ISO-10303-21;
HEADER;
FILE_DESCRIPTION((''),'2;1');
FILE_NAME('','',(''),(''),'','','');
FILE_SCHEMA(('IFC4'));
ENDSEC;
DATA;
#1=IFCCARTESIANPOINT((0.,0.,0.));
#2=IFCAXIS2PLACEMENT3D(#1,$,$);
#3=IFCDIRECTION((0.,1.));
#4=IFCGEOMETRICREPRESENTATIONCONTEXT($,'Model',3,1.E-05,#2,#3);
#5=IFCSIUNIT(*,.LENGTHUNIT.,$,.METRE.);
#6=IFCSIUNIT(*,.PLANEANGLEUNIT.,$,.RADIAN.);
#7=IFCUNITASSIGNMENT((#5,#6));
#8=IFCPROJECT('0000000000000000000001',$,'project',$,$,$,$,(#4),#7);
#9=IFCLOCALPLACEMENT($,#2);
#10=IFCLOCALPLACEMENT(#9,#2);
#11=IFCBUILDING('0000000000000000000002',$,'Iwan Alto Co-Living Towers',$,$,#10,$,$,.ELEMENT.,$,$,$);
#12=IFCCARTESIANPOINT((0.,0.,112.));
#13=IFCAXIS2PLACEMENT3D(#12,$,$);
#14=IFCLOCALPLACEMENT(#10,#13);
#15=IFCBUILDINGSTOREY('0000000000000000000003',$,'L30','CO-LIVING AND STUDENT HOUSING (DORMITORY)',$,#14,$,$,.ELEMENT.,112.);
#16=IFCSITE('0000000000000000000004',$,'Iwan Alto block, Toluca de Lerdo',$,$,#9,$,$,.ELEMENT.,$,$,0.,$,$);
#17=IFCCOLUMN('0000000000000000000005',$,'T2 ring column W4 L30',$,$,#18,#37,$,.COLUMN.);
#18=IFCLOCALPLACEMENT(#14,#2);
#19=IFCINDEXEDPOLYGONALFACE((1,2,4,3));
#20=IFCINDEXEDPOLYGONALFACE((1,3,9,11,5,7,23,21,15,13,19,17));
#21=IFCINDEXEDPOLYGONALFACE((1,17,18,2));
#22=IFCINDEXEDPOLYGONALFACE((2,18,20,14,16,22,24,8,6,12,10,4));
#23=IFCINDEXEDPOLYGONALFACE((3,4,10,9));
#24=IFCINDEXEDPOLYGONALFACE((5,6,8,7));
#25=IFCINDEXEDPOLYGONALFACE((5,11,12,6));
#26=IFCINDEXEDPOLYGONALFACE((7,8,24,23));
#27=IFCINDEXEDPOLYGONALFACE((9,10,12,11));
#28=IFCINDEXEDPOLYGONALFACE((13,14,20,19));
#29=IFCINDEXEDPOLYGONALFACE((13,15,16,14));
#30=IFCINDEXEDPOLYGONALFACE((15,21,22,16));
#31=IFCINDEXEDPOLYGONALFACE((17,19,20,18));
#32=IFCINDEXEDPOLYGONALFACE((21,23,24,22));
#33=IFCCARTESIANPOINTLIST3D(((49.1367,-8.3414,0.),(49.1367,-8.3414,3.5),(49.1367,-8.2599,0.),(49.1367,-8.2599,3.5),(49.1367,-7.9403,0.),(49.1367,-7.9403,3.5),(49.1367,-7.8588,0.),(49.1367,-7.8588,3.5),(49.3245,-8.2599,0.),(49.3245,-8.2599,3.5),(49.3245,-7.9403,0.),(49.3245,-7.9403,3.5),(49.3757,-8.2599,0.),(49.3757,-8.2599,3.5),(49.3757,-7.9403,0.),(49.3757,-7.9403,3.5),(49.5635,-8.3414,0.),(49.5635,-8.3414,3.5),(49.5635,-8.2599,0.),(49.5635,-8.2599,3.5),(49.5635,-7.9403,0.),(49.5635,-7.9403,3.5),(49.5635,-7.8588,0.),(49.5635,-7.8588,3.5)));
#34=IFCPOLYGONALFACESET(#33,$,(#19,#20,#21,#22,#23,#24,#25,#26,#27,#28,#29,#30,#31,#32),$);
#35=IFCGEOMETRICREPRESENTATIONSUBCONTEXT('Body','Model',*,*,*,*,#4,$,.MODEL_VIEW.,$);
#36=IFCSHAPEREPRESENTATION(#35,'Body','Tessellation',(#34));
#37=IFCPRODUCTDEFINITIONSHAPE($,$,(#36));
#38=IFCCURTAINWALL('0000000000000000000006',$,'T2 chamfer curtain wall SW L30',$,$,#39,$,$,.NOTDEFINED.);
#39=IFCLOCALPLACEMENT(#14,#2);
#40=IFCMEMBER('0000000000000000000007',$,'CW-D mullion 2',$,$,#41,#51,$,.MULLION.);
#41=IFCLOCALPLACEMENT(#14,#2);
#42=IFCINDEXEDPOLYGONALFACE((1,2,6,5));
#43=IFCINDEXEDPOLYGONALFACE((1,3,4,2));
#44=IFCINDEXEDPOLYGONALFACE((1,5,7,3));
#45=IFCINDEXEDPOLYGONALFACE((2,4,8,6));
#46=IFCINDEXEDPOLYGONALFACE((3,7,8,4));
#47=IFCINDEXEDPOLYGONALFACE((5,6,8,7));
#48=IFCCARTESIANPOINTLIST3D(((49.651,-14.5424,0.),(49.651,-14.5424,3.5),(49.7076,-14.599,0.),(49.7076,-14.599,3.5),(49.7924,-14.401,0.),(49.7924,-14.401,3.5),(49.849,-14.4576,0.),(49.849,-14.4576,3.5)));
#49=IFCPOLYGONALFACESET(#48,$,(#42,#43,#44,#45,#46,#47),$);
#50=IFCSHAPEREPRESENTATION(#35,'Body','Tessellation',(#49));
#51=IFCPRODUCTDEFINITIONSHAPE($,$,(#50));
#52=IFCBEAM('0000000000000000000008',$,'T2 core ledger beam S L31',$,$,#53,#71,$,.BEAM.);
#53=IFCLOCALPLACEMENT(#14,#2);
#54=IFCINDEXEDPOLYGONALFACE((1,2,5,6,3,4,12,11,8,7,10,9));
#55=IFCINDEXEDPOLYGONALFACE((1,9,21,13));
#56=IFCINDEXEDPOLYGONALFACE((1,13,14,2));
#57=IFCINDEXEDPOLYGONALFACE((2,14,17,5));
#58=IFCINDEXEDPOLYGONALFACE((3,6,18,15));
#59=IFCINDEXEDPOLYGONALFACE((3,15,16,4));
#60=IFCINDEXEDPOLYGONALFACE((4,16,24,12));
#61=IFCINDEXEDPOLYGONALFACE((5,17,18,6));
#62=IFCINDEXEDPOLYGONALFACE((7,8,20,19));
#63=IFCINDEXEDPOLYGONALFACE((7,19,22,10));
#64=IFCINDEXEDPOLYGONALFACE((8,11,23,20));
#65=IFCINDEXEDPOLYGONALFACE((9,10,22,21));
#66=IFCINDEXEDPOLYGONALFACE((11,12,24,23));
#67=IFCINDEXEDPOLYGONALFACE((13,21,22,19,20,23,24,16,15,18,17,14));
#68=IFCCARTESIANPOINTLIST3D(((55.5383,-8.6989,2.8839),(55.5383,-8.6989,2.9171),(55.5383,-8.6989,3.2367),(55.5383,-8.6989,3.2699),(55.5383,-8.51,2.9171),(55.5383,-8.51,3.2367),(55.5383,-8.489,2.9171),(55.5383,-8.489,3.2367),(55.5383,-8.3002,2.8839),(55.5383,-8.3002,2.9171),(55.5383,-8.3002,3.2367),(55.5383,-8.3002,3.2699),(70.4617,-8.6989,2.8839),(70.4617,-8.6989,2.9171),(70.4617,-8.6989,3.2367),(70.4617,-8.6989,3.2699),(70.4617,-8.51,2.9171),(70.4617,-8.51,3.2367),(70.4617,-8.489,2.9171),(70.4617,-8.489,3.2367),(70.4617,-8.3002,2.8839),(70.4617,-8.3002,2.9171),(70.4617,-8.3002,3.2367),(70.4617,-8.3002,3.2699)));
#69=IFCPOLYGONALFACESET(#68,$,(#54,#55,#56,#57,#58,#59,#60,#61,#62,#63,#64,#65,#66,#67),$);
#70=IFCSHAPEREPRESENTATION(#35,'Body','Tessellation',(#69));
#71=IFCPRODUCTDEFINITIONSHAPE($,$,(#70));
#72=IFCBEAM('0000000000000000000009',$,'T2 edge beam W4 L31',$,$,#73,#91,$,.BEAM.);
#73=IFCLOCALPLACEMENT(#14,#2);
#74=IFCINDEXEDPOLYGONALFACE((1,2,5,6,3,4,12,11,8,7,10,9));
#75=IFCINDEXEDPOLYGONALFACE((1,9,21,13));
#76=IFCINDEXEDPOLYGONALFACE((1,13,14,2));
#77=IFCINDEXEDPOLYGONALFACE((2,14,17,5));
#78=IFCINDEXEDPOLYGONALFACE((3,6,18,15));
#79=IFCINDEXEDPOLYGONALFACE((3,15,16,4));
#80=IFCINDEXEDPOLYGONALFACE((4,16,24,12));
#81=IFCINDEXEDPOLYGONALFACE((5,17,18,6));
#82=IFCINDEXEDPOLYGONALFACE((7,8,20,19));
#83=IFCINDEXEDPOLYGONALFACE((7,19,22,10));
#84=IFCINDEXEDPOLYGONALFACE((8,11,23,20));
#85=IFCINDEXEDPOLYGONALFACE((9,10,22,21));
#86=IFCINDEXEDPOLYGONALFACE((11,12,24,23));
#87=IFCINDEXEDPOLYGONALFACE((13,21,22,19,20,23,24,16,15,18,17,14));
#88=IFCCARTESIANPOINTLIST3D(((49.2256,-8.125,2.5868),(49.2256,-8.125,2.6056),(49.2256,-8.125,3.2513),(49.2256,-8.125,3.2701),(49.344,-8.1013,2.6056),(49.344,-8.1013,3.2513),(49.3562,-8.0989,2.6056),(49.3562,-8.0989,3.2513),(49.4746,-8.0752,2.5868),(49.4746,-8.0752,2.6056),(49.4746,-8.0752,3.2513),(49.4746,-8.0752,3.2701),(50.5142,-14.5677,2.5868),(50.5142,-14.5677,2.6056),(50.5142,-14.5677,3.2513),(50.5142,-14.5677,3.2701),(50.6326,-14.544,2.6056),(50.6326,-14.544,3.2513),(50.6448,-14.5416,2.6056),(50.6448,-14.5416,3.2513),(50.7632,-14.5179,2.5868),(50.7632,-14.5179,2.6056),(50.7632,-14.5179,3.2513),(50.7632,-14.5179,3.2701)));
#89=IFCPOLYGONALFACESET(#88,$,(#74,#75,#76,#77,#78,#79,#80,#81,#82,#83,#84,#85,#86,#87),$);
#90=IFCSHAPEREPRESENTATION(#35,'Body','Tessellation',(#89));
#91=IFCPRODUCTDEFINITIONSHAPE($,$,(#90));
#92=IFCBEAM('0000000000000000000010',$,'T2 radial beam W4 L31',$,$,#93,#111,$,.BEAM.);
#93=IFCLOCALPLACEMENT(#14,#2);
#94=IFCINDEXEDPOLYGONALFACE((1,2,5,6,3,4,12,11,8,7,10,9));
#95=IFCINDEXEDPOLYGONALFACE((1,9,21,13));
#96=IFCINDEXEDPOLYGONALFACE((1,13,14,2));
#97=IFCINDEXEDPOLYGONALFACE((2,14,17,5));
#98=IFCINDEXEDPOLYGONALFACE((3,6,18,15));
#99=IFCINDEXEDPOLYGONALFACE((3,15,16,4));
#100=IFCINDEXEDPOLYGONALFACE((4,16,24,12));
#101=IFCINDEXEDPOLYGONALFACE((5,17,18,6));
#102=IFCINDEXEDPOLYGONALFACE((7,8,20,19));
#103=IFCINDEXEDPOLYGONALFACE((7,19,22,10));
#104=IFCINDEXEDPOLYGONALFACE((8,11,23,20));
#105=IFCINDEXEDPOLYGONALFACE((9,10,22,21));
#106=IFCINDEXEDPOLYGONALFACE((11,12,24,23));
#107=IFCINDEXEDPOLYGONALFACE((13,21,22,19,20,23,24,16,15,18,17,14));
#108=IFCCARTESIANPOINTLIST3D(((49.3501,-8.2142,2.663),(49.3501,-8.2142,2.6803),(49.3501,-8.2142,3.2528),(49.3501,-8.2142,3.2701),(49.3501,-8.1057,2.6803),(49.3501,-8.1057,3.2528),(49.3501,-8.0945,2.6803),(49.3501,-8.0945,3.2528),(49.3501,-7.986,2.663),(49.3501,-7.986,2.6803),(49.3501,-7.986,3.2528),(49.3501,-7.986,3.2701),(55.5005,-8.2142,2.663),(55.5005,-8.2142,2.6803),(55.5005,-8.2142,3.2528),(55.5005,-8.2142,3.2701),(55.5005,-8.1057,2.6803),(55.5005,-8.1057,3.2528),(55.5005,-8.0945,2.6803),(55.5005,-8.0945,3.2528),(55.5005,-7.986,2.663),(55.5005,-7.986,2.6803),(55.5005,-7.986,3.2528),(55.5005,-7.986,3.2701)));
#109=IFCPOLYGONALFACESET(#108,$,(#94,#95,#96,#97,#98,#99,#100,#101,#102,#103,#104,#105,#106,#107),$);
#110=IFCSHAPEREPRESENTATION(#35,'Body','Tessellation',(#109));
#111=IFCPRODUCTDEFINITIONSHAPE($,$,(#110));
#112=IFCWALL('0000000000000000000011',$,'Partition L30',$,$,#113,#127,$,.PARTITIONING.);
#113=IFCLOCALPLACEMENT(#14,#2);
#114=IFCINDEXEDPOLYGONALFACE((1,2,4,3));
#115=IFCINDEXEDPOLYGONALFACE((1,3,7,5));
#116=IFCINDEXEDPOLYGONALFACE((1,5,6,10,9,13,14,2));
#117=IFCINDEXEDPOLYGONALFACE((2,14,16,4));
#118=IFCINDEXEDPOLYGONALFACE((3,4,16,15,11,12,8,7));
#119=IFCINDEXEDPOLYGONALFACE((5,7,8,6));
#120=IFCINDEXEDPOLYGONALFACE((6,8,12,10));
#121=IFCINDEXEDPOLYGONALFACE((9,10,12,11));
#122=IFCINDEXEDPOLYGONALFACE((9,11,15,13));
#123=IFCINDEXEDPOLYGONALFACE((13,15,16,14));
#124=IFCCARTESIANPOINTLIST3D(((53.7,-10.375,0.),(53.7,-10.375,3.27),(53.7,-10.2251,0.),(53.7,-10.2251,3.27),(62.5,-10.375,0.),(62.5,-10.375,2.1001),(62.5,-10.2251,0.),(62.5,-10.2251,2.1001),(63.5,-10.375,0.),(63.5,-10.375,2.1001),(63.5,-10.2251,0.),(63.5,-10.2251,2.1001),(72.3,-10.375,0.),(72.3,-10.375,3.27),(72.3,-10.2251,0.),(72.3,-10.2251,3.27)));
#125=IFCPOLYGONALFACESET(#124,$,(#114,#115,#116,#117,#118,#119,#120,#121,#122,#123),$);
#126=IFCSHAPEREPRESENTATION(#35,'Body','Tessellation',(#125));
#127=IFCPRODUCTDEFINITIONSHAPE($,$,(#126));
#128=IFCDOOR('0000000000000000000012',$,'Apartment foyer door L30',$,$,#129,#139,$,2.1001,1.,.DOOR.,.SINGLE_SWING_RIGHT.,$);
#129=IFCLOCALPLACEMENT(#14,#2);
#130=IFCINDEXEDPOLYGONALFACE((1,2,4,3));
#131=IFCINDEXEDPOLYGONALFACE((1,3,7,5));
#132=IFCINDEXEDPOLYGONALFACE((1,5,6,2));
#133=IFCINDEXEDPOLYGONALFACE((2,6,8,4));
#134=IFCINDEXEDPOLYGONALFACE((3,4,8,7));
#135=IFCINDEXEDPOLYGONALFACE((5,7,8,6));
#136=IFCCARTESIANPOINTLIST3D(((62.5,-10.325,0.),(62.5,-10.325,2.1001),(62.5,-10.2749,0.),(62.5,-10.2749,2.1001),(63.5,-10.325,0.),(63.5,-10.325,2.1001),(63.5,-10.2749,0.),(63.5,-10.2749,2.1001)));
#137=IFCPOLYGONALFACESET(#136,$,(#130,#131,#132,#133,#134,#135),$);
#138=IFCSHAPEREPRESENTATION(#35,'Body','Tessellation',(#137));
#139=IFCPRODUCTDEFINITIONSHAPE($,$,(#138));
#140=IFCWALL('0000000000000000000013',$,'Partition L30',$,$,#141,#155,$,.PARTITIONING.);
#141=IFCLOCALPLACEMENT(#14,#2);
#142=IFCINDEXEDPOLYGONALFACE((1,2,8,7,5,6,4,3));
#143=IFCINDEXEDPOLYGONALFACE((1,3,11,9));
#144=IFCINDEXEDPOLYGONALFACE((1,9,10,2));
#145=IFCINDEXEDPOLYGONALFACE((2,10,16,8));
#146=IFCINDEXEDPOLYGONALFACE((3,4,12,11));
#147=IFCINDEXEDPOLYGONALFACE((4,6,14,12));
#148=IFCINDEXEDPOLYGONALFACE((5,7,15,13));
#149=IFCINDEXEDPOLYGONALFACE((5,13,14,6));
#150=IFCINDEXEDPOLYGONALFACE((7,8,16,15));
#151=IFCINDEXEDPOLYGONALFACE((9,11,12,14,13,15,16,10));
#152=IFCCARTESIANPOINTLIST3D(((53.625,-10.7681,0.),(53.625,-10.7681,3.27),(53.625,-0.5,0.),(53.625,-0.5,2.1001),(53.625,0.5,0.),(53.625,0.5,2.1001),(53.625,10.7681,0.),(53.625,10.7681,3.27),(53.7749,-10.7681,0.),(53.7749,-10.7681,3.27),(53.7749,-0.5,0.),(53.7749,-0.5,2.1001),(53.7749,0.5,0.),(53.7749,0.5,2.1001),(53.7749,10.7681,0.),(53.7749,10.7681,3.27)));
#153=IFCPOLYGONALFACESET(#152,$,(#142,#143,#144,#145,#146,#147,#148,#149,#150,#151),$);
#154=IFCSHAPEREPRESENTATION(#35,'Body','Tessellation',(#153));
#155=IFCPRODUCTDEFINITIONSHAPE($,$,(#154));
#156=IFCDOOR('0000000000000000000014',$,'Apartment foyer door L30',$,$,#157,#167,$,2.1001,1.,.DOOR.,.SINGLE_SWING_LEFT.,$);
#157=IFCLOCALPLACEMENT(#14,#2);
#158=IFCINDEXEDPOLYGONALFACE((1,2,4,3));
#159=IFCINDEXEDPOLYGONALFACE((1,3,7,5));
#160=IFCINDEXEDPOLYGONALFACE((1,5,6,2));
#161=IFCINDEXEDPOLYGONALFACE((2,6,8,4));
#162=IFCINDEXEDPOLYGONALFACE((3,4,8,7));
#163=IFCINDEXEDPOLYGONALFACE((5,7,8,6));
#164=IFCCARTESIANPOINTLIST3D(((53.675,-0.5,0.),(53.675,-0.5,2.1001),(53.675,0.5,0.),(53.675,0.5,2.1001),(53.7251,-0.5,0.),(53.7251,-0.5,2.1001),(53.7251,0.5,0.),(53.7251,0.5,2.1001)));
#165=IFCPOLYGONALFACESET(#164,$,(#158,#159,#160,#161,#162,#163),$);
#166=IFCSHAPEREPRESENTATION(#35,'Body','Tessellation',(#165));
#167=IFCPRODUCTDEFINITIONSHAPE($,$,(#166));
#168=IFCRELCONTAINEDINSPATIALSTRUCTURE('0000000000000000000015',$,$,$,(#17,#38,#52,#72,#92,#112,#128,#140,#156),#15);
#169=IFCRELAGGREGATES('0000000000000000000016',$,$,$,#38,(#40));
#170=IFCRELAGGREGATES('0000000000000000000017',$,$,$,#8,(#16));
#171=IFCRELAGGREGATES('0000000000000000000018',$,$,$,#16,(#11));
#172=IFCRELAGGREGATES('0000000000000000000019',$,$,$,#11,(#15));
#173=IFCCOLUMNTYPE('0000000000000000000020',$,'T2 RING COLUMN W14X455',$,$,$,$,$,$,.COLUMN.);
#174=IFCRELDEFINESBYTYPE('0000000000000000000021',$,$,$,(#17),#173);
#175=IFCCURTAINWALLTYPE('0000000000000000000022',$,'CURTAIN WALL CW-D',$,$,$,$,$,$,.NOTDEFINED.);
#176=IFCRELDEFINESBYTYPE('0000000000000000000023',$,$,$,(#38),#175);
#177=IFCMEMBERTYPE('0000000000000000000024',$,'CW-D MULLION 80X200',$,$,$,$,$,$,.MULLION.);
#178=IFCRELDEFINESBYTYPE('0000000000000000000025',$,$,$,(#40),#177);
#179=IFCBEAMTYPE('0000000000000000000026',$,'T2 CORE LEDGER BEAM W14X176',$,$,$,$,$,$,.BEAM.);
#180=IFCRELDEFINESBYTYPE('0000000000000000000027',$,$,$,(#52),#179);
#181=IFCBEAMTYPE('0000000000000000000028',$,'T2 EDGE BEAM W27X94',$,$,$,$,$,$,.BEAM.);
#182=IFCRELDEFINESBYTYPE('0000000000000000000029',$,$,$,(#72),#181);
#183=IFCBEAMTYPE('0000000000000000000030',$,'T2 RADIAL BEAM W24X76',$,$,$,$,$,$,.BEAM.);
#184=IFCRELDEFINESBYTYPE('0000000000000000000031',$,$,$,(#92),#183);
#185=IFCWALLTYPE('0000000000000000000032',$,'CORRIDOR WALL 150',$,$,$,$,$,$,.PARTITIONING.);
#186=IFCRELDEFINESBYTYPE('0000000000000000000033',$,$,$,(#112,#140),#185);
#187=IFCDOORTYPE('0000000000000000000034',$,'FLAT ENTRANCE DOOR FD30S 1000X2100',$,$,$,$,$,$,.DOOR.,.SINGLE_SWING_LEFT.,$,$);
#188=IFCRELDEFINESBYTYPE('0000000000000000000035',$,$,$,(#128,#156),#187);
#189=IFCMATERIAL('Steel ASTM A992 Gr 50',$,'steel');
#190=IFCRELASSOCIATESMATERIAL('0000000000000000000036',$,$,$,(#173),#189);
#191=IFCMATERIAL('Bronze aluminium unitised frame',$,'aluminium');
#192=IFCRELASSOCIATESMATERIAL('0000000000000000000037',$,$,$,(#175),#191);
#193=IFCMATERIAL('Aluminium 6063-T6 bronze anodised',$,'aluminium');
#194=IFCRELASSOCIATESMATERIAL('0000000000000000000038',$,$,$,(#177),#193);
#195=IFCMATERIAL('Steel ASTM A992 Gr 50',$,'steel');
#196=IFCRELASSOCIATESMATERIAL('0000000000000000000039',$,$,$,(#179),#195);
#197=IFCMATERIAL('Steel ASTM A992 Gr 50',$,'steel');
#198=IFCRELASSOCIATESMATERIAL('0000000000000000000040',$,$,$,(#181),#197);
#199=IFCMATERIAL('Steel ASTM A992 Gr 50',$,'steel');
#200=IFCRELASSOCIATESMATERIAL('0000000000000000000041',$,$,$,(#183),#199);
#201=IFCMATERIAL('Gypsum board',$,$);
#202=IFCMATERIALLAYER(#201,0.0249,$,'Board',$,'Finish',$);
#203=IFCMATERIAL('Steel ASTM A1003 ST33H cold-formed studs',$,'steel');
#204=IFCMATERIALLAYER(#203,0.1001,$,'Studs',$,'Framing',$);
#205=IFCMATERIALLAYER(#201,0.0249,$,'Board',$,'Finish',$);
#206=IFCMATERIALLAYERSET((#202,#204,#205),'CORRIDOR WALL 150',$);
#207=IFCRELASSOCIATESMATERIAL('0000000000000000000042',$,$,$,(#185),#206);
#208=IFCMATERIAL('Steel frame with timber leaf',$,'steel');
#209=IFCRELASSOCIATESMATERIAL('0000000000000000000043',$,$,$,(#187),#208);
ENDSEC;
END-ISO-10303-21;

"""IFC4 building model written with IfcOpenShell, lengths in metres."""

from ifc_helpers import new_model, si_unit, direction, frame, frame_2d, origin, origin_2d, place, context, subcontext, project, spatial, rectangle, i_section, extrude, material, layer, layer_set, material_profile, profile_set, type_object, element, fill, aggregate, save


model = new_model("IFC4")

# Units and contexts
model_context = context("Model", 3, precision=1e-05, world=origin(), true_north=direction((0.0, 1.0)))
body_context = subcontext(model_context, "Body", "Model", "MODEL_VIEW")
ifc_project = project(units=[si_unit("LENGTHUNIT", "METRE"), si_unit("PLANEANGLEUNIT", "RADIAN")], contexts=[model_context])

# Site, building, storey
site_placement = place(None, origin())
site = spatial("IfcSite", under=ifc_project, at=site_placement, Name="Iwan Alto block, Toluca de Lerdo", CompositionType="ELEMENT", RefElevation=0.0)
building_placement = place(site_placement, origin())
building = spatial("IfcBuilding", under=site, at=building_placement, Name="Iwan Alto Co-Living Towers", CompositionType="ELEMENT")
storey_placement = place(building_placement, frame((0.0, 0.0, 112.0)))
storey = spatial("IfcBuildingStorey", under=building, at=storey_placement, Name="L30", Description="CO-LIVING AND STUDENT HOUSING (DORMITORY)", CompositionType="ELEMENT", Elevation=112.0)

# Column
ifc_material_1 = material(Name="Steel ASTM A992 Gr 50", Category="steel")
ifc_material_profile_1 = material_profile(ifc_material_1, i_section(OverallWidth=0.4268, OverallDepth=0.4827, WebThickness=0.0513, FlangeThickness=0.0815, at=origin_2d()), Name="W14X455")
ifc_profile_set_1 = profile_set([ifc_material_profile_1], Name="Steel ASTM A992 Gr 50")
column_type = type_object("IfcColumnType", Name="T2 RING COLUMN W14X455", PredefinedType="COLUMN", material=ifc_profile_set_1)
column_placement = place(storey_placement, frame((49.3501, -8.1001, 0.0), z_axis=(0.0, 0.0, 1.0), x_axis=(1.0, 0.0, 0.0)))
element("IfcColumn", 1, at=column_placement, inside=storey, type_object=column_type, Name="T2 ring column W4 L30", PredefinedType="COLUMN", context=body_context, shape_type="SweptSolid", body=[
    extrude(i_section(OverallWidth=0.4268, OverallDepth=0.4827, WebThickness=0.0513, FlangeThickness=0.0815, at=origin_2d()), origin(), (0.0, 0.0, 1.0), 3.5),
])

# Curtain wall, member
ifc_material_2 = material(Name="Bronze aluminium unitised frame", Category="aluminium")
curtain_wall_type = type_object("IfcCurtainWallType", Name="CURTAIN WALL CW-D", PredefinedType="NOTDEFINED", material=ifc_material_2)
curtain_wall_placement = place(storey_placement, origin())
curtain_wall = element("IfcCurtainWall", 2, at=curtain_wall_placement, inside=storey, type_object=curtain_wall_type, Name="T2 chamfer curtain wall SW L30", PredefinedType="NOTDEFINED")
ifc_material_3 = material(Name="Aluminium 6063-T6 bronze anodised", Category="aluminium")
ifc_material_profile_2 = material_profile(ifc_material_3, rectangle(XDim=0.2, YDim=0.0801, at=origin_2d()), Name="AL 80X200")
ifc_profile_set_2 = profile_set([ifc_material_profile_2], Name="Aluminium 6063-T6 bronze anodised")
member_type = type_object("IfcMemberType", Name="CW-D MULLION 80X200", PredefinedType="MULLION", material=ifc_profile_set_2)
member_placement = place(storey_placement, frame((49.75, -14.5, 0.0), z_axis=(0.0, 0.0, 1.0), x_axis=(0.707107, 0.707107, 0.0)))
member = element("IfcMember", 3, at=member_placement, type_object=member_type, Name="CW-D mullion 2", PredefinedType="MULLION", context=body_context, shape_type="SweptSolid", body=[
    extrude(rectangle(XDim=0.2, YDim=0.0801, at=origin_2d()), origin(), (0.0, 0.0, 1.0), 3.5),
])
aggregate(curtain_wall, [member])

# Beams
ifc_material_4 = material(Name="Steel ASTM A992 Gr 50", Category="steel")
ifc_material_profile_3 = material_profile(ifc_material_4, i_section(OverallWidth=0.3987, OverallDepth=0.386, WebThickness=0.021, FlangeThickness=0.0332, at=origin_2d()), Name="W14X176")
ifc_profile_set_3 = profile_set([ifc_material_profile_3], Name="Steel ASTM A992 Gr 50")
beam_type_1 = type_object("IfcBeamType", Name="T2 CORE LEDGER BEAM W14X176", PredefinedType="BEAM", material=ifc_profile_set_3)
beam_1_placement = place(storey_placement, frame((55.5383, -8.4995, 3.0769), z_axis=(1.0, 0.0, 0.0), x_axis=(0.0, 1.0, 0.0)))
element("IfcBeam", 4, at=beam_1_placement, inside=storey, type_object=beam_type_1, Name="T2 core ledger beam S L31", PredefinedType="BEAM", context=body_context, shape_type="SweptSolid", body=[
    extrude(i_section(OverallWidth=0.3987, OverallDepth=0.386, WebThickness=0.021, FlangeThickness=0.0332, at=origin_2d()), origin(), (0.0, 0.0, 1.0), 14.9233),
])
ifc_material_5 = material(Name="Steel ASTM A992 Gr 50", Category="steel")
ifc_material_profile_4 = material_profile(ifc_material_5, i_section(OverallWidth=0.2539, OverallDepth=0.6833, WebThickness=0.0125, FlangeThickness=0.0188, at=origin_2d()), Name="W27X94")
ifc_profile_set_4 = profile_set([ifc_material_profile_4], Name="Steel ASTM A992 Gr 50")
beam_type_2 = type_object("IfcBeamType", Name="T2 EDGE BEAM W27X94", PredefinedType="BEAM", material=ifc_profile_set_4)
beam_2_placement = place(storey_placement, frame((49.3501, -8.1001, 2.9285), z_axis=(0.196123, -0.980579, 0.0), x_axis=(0.980579, 0.196123, 0.0)))
element("IfcBeam", 5, at=beam_2_placement, inside=storey, type_object=beam_type_2, Name="T2 edge beam W4 L31", PredefinedType="BEAM", context=body_context, shape_type="SweptSolid", body=[
    extrude(i_section(OverallWidth=0.2539, OverallDepth=0.6833, WebThickness=0.0125, FlangeThickness=0.0188, at=origin_2d()), origin(), (0.0, 0.0, 1.0), 6.5703),
])
ifc_material_6 = material(Name="Steel ASTM A992 Gr 50", Category="steel")
ifc_material_profile_5 = material_profile(ifc_material_6, i_section(OverallWidth=0.2283, OverallDepth=0.6072, WebThickness=0.0112, FlangeThickness=0.0173, at=origin_2d()), Name="W24X76")
ifc_profile_set_5 = profile_set([ifc_material_profile_5], Name="Steel ASTM A992 Gr 50")
beam_type_3 = type_object("IfcBeamType", Name="T2 RADIAL BEAM W24X76", PredefinedType="BEAM", material=ifc_profile_set_5)
beam_3_placement = place(storey_placement, frame((49.3501, -8.1001, 2.9666), z_axis=(1.0, 0.0, 0.0), x_axis=(0.0, 1.0, 0.0)))
element("IfcBeam", 6, at=beam_3_placement, inside=storey, type_object=beam_type_3, Name="T2 radial beam W4 L31", PredefinedType="BEAM", context=body_context, shape_type="SweptSolid", body=[
    extrude(i_section(OverallWidth=0.2283, OverallDepth=0.6072, WebThickness=0.0112, FlangeThickness=0.0173, at=origin_2d()), origin(), (0.0, 0.0, 1.0), 6.1504),
])

# Walls, openings, doors
ifc_material_7 = material(Name="Gypsum board")
ifc_layer_1 = layer(ifc_material_7, 0.0249, Name="Board", Category="Finish")
ifc_material_8 = material(Name="Steel ASTM A1003 ST33H cold-formed studs", Category="steel")
ifc_layer_2 = layer(ifc_material_8, 0.1001, Name="Studs", Category="Framing")
ifc_layer_3 = layer(ifc_material_7, 0.0249, Name="Board", Category="Finish")
ifc_layer_set_1 = layer_set([ifc_layer_1, ifc_layer_2, ifc_layer_3], Name="CORRIDOR WALL 150")
wall_type_1 = type_object("IfcWallType", Name="CORRIDOR WALL 150", PredefinedType="PARTITIONING", material=ifc_layer_set_1)
wall_1_placement = place(storey_placement, frame((53.7, -10.3, 0.0), z_axis=(0.0, 0.0, 1.0), x_axis=(1.0, 0.0, 0.0)))
wall_1 = element("IfcWall", 7, at=wall_1_placement, inside=storey, type_object=wall_type_1, Name="Partition L30", PredefinedType="PARTITIONING", context=body_context, shape_type="SweptSolid", body=[
    extrude(rectangle(XDim=18.6001, YDim=0.1499, at=frame_2d((9.3, 0.0))), origin(), (0.0, 0.0, 1.0), 3.27),
])
opening_1_placement = place(wall_1_placement, frame((8.8, 0.0, 0.0)))
opening_1 = element("IfcOpeningElement", 8, at=opening_1_placement, cuts=wall_1, PredefinedType="OPENING", context=body_context, shape_type="SweptSolid", body=[
    extrude(rectangle(XDim=1.0, YDim=2.1001, at=frame_2d((0.5, 1.05))), frame((0.0, 0.085, 0.0), z_axis=(0.0, -1.0, 0.0), x_axis=(1.0, 0.0, 0.0)), (0.0, 0.0, 1.0), 0.1699),
])
ifc_material_9 = material(Name="Steel frame with timber leaf", Category="steel")
door_type_1 = type_object("IfcDoorType", Name="FLAT ENTRANCE DOOR FD30S 1000X2100", OperationType="SINGLE_SWING_LEFT", PredefinedType="DOOR", material=ifc_material_9)
door_1_placement = place(opening_1_placement, frame((1.0, 0.0, 0.0), z_axis=(0.0, 0.0, 1.0), x_axis=(-1.0, 0.0, 0.0)))
door_1 = element("IfcDoor", 9, at=door_1_placement, inside=storey, type_object=door_type_1, Name="Apartment foyer door L30", OperationType="SINGLE_SWING_RIGHT", OverallHeight=2.1001, OverallWidth=1.0, PredefinedType="DOOR", context=body_context, shape_type="SweptSolid", body=[
    extrude(rectangle(XDim=1.0, YDim=2.1001, at=frame_2d((0.5, 1.05))), frame((0.0, 0.0249, 0.0), z_axis=(0.0, -1.0, 0.0), x_axis=(1.0, 0.0, 0.0)), (0.0, 0.0, 1.0), 0.05),
])
fill(opening_1, door_1)
wall_2_placement = place(storey_placement, frame((53.7, -10.7681, 0.0), z_axis=(0.0, 0.0, 1.0), x_axis=(0.0, 1.0, 0.0)))
wall_2 = element("IfcWall", 10, at=wall_2_placement, inside=storey, type_object=wall_type_1, Name="Partition L30", PredefinedType="PARTITIONING", context=body_context, shape_type="SweptSolid", body=[
    extrude(rectangle(XDim=21.5361, YDim=0.1499, at=frame_2d((10.7681, 0.0))), origin(), (0.0, 0.0, 1.0), 3.27),
])
opening_2_placement = place(wall_2_placement, frame((10.2681, 0.0, 0.0)))
opening_2 = element("IfcOpeningElement", 11, at=opening_2_placement, cuts=wall_2, PredefinedType="OPENING", context=body_context, shape_type="SweptSolid", body=[
    extrude(rectangle(XDim=1.0, YDim=2.1001, at=frame_2d((0.5, 1.05))), frame((0.0, 0.085, 0.0), z_axis=(0.0, -1.0, 0.0), x_axis=(1.0, 0.0, 0.0)), (0.0, 0.0, 1.0), 0.1699),
])
door_2_placement = place(opening_2_placement, origin())
door_2 = element("IfcDoor", 12, at=door_2_placement, inside=storey, type_object=door_type_1, Name="Apartment foyer door L30", OperationType="SINGLE_SWING_LEFT", OverallHeight=2.1001, OverallWidth=1.0, PredefinedType="DOOR", context=body_context, shape_type="SweptSolid", body=[
    extrude(rectangle(XDim=1.0, YDim=2.1001, at=frame_2d((0.5, 1.05))), frame((0.0, 0.0249, 0.0), z_axis=(0.0, -1.0, 0.0), x_axis=(1.0, 0.0, 0.0)), (0.0, 0.0, 1.0), 0.05),
])
fill(opening_2, door_2)

save(model, "model.ifc")
